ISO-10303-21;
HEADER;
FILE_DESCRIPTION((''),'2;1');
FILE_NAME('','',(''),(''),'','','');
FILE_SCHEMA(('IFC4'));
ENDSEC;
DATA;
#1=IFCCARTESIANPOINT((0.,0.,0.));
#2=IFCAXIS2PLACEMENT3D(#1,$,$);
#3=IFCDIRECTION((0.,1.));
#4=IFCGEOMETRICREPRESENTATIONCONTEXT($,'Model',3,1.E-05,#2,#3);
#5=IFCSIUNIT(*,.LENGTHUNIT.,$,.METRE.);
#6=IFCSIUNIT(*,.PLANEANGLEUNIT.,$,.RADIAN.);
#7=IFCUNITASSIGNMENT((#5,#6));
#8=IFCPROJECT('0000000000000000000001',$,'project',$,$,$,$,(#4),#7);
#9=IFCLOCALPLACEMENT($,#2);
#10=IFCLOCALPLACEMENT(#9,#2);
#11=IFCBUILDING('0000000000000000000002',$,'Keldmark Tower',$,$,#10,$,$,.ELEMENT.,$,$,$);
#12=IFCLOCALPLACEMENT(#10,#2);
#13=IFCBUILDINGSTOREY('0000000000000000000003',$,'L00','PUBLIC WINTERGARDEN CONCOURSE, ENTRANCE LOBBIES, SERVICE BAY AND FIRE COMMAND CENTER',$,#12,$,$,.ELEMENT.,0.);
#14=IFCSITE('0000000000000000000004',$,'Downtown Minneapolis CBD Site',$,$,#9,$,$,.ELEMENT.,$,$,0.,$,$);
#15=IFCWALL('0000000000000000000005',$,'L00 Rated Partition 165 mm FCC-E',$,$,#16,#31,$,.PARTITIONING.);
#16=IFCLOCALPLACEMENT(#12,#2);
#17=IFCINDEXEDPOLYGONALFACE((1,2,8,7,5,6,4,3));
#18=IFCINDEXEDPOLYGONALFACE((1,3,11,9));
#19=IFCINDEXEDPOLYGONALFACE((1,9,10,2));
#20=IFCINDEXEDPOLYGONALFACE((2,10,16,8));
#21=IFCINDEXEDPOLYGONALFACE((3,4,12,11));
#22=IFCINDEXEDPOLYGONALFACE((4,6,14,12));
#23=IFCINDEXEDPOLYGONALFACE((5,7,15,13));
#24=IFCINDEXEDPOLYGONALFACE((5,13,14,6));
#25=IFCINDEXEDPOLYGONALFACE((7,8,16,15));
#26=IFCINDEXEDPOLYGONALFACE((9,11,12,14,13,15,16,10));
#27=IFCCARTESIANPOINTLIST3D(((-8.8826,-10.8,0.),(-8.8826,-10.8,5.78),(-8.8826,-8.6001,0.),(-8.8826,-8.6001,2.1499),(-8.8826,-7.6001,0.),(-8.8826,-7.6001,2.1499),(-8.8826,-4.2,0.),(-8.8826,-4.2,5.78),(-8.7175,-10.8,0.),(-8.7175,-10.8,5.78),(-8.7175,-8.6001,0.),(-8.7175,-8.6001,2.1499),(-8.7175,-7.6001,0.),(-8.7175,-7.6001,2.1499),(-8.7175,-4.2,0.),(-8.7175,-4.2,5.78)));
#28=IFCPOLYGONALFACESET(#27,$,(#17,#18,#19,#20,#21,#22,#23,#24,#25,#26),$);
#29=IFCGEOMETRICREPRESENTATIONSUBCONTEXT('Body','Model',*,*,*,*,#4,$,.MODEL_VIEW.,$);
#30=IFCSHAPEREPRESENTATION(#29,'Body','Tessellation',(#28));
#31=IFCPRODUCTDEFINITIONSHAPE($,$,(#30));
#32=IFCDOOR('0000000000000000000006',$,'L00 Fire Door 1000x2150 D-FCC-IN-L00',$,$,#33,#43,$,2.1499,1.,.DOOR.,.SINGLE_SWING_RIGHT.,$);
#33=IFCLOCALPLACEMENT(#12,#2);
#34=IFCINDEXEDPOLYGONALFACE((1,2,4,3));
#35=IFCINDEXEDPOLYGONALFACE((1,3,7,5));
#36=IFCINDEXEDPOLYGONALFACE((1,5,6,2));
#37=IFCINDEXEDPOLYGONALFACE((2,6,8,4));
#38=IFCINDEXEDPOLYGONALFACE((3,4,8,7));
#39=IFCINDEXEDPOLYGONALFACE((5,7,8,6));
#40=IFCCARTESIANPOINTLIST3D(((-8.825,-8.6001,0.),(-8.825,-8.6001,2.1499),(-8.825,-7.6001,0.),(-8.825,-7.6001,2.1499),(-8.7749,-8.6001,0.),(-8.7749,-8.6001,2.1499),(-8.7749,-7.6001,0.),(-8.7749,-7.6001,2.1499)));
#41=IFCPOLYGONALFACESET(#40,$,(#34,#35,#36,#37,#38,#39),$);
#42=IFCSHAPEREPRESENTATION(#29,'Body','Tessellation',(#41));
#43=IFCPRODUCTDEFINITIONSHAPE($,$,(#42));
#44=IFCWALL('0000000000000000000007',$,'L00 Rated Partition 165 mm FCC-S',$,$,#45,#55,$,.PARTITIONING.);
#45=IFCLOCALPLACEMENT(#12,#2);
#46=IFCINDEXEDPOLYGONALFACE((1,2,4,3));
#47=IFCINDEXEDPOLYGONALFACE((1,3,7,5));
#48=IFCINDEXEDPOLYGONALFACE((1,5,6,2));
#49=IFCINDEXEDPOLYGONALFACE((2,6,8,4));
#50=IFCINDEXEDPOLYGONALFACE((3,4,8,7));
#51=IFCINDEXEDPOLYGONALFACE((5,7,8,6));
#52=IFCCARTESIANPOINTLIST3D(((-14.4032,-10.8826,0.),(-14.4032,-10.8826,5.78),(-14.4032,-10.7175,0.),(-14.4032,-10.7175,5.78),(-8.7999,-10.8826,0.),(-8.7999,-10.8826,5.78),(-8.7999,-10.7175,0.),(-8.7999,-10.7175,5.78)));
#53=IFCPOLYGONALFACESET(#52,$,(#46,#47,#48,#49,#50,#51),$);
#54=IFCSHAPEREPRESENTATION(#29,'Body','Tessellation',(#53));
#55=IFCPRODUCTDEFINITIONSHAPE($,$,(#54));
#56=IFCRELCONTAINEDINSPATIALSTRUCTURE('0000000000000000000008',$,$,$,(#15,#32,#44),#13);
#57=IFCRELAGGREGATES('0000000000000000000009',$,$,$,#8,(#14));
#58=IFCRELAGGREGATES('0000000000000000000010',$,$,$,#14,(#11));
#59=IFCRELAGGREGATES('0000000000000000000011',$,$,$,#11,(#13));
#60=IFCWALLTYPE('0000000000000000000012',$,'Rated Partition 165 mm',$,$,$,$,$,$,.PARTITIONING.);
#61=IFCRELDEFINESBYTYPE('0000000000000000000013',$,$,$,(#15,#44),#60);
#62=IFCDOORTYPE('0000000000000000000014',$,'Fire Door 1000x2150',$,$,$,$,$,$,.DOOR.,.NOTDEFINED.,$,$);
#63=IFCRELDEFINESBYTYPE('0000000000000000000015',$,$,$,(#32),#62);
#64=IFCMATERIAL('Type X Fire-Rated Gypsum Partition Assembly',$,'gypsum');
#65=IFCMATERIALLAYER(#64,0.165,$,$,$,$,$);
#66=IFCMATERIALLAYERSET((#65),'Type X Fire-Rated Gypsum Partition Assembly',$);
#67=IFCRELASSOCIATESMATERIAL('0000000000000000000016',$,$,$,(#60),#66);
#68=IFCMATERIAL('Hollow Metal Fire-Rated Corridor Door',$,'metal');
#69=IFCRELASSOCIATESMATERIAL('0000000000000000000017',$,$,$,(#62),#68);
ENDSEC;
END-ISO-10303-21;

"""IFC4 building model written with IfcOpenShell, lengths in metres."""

from ifc_helpers import new_model, si_unit, direction, frame, frame_2d, origin, place, context, subcontext, project, spatial, rectangle, extrude, material, layer, layer_set, type_object, element, fill, save


model = new_model("IFC4")

# Units and contexts
model_context = context("Model", 3, precision=1e-05, world=origin(), true_north=direction((0.0, 1.0)))
body_context = subcontext(model_context, "Body", "Model", "MODEL_VIEW")
ifc_project = project(units=[si_unit("LENGTHUNIT", "METRE"), si_unit("PLANEANGLEUNIT", "RADIAN")], contexts=[model_context])

# Site, building, storey
site_placement = place(None, origin())
site = spatial("IfcSite", under=ifc_project, at=site_placement, Name="Downtown Minneapolis CBD Site", CompositionType="ELEMENT", RefElevation=0.0)
building_placement = place(site_placement, origin())
building = spatial("IfcBuilding", under=site, at=building_placement, Name="Keldmark Tower", CompositionType="ELEMENT")
storey_placement = place(building_placement, origin())
storey = spatial("IfcBuildingStorey", under=building, at=storey_placement, Name="L00", Description="PUBLIC WINTERGARDEN CONCOURSE, ENTRANCE LOBBIES, SERVICE BAY AND FIRE COMMAND CENTER", CompositionType="ELEMENT", Elevation=0.0)

# Wall, opening, door
ifc_material_1 = material(Name="Type X Fire-Rated Gypsum Partition Assembly", Category="gypsum")
ifc_layer_1 = layer(ifc_material_1, 0.165)
ifc_layer_set_1 = layer_set([ifc_layer_1], Name="Type X Fire-Rated Gypsum Partition Assembly")
wall_type_1 = type_object("IfcWallType", Name="Rated Partition 165 mm", PredefinedType="PARTITIONING", material=ifc_layer_set_1)
wall_1_placement = place(storey_placement, frame((-8.8, -10.8, 0.0), z_axis=(0.0, 0.0, 1.0), x_axis=(0.0, 1.0, 0.0)))
wall_1 = element("IfcWall", 1, at=wall_1_placement, inside=storey, type_object=wall_type_1, Name="L00 Rated Partition 165 mm FCC-E", PredefinedType="PARTITIONING", context=body_context, shape_type="SweptSolid", body=[
    extrude(rectangle(XDim=6.6001, YDim=0.165, at=frame_2d((3.3, 0.0))), origin(), (0.0, 0.0, 1.0), 5.78),
])
opening_1_placement = place(wall_1_placement, frame((2.2, 0.0, 0.0)))
opening_1 = element("IfcOpeningElement", 2, at=opening_1_placement, cuts=wall_1, PredefinedType="OPENING", context=body_context, shape_type="SweptSolid", body=[
    extrude(rectangle(XDim=1.0, YDim=2.1499, at=frame_2d((0.5, 1.075))), frame((0.0, 0.0925, 0.0), z_axis=(0.0, -1.0, 0.0), x_axis=(1.0, 0.0, 0.0)), (0.0, 0.0, 1.0), 0.1851),
])
ifc_material_2 = material(Name="Hollow Metal Fire-Rated Corridor Door", Category="metal")
door_type = type_object("IfcDoorType", Name="Fire Door 1000x2150", OperationType="NOTDEFINED", PredefinedType="DOOR", material=ifc_material_2)
door_placement = place(opening_1_placement, origin())
door = element("IfcDoor", 3, at=door_placement, inside=storey, type_object=door_type, Name="L00 Fire Door 1000x2150 D-FCC-IN-L00", OperationType="SINGLE_SWING_RIGHT", OverallHeight=2.1499, OverallWidth=1.0, PredefinedType="DOOR", context=body_context, shape_type="SweptSolid", body=[
    extrude(rectangle(XDim=1.0, YDim=2.1499, at=frame_2d((0.5, 1.075))), frame((0.0, 0.0249, 0.0), z_axis=(0.0, -1.0, 0.0), x_axis=(1.0, 0.0, 0.0)), (0.0, 0.0, 1.0), 0.05),
])
fill(opening_1, door)

# Wall
wall_2_placement = place(storey_placement, frame((-14.4033, -10.8, 0.0), z_axis=(0.0, 0.0, 1.0), x_axis=(1.0, 0.0, 0.0)))
element("IfcWall", 4, at=wall_2_placement, inside=storey, type_object=wall_type_1, Name="L00 Rated Partition 165 mm FCC-S", PredefinedType="PARTITIONING", context=body_context, shape_type="SweptSolid", body=[
    extrude(rectangle(XDim=5.6033, YDim=0.165, at=frame_2d((2.8018, 0.0))), origin(), (0.0, 0.0, 1.0), 5.78),
])

save(model, "model.ifc")
